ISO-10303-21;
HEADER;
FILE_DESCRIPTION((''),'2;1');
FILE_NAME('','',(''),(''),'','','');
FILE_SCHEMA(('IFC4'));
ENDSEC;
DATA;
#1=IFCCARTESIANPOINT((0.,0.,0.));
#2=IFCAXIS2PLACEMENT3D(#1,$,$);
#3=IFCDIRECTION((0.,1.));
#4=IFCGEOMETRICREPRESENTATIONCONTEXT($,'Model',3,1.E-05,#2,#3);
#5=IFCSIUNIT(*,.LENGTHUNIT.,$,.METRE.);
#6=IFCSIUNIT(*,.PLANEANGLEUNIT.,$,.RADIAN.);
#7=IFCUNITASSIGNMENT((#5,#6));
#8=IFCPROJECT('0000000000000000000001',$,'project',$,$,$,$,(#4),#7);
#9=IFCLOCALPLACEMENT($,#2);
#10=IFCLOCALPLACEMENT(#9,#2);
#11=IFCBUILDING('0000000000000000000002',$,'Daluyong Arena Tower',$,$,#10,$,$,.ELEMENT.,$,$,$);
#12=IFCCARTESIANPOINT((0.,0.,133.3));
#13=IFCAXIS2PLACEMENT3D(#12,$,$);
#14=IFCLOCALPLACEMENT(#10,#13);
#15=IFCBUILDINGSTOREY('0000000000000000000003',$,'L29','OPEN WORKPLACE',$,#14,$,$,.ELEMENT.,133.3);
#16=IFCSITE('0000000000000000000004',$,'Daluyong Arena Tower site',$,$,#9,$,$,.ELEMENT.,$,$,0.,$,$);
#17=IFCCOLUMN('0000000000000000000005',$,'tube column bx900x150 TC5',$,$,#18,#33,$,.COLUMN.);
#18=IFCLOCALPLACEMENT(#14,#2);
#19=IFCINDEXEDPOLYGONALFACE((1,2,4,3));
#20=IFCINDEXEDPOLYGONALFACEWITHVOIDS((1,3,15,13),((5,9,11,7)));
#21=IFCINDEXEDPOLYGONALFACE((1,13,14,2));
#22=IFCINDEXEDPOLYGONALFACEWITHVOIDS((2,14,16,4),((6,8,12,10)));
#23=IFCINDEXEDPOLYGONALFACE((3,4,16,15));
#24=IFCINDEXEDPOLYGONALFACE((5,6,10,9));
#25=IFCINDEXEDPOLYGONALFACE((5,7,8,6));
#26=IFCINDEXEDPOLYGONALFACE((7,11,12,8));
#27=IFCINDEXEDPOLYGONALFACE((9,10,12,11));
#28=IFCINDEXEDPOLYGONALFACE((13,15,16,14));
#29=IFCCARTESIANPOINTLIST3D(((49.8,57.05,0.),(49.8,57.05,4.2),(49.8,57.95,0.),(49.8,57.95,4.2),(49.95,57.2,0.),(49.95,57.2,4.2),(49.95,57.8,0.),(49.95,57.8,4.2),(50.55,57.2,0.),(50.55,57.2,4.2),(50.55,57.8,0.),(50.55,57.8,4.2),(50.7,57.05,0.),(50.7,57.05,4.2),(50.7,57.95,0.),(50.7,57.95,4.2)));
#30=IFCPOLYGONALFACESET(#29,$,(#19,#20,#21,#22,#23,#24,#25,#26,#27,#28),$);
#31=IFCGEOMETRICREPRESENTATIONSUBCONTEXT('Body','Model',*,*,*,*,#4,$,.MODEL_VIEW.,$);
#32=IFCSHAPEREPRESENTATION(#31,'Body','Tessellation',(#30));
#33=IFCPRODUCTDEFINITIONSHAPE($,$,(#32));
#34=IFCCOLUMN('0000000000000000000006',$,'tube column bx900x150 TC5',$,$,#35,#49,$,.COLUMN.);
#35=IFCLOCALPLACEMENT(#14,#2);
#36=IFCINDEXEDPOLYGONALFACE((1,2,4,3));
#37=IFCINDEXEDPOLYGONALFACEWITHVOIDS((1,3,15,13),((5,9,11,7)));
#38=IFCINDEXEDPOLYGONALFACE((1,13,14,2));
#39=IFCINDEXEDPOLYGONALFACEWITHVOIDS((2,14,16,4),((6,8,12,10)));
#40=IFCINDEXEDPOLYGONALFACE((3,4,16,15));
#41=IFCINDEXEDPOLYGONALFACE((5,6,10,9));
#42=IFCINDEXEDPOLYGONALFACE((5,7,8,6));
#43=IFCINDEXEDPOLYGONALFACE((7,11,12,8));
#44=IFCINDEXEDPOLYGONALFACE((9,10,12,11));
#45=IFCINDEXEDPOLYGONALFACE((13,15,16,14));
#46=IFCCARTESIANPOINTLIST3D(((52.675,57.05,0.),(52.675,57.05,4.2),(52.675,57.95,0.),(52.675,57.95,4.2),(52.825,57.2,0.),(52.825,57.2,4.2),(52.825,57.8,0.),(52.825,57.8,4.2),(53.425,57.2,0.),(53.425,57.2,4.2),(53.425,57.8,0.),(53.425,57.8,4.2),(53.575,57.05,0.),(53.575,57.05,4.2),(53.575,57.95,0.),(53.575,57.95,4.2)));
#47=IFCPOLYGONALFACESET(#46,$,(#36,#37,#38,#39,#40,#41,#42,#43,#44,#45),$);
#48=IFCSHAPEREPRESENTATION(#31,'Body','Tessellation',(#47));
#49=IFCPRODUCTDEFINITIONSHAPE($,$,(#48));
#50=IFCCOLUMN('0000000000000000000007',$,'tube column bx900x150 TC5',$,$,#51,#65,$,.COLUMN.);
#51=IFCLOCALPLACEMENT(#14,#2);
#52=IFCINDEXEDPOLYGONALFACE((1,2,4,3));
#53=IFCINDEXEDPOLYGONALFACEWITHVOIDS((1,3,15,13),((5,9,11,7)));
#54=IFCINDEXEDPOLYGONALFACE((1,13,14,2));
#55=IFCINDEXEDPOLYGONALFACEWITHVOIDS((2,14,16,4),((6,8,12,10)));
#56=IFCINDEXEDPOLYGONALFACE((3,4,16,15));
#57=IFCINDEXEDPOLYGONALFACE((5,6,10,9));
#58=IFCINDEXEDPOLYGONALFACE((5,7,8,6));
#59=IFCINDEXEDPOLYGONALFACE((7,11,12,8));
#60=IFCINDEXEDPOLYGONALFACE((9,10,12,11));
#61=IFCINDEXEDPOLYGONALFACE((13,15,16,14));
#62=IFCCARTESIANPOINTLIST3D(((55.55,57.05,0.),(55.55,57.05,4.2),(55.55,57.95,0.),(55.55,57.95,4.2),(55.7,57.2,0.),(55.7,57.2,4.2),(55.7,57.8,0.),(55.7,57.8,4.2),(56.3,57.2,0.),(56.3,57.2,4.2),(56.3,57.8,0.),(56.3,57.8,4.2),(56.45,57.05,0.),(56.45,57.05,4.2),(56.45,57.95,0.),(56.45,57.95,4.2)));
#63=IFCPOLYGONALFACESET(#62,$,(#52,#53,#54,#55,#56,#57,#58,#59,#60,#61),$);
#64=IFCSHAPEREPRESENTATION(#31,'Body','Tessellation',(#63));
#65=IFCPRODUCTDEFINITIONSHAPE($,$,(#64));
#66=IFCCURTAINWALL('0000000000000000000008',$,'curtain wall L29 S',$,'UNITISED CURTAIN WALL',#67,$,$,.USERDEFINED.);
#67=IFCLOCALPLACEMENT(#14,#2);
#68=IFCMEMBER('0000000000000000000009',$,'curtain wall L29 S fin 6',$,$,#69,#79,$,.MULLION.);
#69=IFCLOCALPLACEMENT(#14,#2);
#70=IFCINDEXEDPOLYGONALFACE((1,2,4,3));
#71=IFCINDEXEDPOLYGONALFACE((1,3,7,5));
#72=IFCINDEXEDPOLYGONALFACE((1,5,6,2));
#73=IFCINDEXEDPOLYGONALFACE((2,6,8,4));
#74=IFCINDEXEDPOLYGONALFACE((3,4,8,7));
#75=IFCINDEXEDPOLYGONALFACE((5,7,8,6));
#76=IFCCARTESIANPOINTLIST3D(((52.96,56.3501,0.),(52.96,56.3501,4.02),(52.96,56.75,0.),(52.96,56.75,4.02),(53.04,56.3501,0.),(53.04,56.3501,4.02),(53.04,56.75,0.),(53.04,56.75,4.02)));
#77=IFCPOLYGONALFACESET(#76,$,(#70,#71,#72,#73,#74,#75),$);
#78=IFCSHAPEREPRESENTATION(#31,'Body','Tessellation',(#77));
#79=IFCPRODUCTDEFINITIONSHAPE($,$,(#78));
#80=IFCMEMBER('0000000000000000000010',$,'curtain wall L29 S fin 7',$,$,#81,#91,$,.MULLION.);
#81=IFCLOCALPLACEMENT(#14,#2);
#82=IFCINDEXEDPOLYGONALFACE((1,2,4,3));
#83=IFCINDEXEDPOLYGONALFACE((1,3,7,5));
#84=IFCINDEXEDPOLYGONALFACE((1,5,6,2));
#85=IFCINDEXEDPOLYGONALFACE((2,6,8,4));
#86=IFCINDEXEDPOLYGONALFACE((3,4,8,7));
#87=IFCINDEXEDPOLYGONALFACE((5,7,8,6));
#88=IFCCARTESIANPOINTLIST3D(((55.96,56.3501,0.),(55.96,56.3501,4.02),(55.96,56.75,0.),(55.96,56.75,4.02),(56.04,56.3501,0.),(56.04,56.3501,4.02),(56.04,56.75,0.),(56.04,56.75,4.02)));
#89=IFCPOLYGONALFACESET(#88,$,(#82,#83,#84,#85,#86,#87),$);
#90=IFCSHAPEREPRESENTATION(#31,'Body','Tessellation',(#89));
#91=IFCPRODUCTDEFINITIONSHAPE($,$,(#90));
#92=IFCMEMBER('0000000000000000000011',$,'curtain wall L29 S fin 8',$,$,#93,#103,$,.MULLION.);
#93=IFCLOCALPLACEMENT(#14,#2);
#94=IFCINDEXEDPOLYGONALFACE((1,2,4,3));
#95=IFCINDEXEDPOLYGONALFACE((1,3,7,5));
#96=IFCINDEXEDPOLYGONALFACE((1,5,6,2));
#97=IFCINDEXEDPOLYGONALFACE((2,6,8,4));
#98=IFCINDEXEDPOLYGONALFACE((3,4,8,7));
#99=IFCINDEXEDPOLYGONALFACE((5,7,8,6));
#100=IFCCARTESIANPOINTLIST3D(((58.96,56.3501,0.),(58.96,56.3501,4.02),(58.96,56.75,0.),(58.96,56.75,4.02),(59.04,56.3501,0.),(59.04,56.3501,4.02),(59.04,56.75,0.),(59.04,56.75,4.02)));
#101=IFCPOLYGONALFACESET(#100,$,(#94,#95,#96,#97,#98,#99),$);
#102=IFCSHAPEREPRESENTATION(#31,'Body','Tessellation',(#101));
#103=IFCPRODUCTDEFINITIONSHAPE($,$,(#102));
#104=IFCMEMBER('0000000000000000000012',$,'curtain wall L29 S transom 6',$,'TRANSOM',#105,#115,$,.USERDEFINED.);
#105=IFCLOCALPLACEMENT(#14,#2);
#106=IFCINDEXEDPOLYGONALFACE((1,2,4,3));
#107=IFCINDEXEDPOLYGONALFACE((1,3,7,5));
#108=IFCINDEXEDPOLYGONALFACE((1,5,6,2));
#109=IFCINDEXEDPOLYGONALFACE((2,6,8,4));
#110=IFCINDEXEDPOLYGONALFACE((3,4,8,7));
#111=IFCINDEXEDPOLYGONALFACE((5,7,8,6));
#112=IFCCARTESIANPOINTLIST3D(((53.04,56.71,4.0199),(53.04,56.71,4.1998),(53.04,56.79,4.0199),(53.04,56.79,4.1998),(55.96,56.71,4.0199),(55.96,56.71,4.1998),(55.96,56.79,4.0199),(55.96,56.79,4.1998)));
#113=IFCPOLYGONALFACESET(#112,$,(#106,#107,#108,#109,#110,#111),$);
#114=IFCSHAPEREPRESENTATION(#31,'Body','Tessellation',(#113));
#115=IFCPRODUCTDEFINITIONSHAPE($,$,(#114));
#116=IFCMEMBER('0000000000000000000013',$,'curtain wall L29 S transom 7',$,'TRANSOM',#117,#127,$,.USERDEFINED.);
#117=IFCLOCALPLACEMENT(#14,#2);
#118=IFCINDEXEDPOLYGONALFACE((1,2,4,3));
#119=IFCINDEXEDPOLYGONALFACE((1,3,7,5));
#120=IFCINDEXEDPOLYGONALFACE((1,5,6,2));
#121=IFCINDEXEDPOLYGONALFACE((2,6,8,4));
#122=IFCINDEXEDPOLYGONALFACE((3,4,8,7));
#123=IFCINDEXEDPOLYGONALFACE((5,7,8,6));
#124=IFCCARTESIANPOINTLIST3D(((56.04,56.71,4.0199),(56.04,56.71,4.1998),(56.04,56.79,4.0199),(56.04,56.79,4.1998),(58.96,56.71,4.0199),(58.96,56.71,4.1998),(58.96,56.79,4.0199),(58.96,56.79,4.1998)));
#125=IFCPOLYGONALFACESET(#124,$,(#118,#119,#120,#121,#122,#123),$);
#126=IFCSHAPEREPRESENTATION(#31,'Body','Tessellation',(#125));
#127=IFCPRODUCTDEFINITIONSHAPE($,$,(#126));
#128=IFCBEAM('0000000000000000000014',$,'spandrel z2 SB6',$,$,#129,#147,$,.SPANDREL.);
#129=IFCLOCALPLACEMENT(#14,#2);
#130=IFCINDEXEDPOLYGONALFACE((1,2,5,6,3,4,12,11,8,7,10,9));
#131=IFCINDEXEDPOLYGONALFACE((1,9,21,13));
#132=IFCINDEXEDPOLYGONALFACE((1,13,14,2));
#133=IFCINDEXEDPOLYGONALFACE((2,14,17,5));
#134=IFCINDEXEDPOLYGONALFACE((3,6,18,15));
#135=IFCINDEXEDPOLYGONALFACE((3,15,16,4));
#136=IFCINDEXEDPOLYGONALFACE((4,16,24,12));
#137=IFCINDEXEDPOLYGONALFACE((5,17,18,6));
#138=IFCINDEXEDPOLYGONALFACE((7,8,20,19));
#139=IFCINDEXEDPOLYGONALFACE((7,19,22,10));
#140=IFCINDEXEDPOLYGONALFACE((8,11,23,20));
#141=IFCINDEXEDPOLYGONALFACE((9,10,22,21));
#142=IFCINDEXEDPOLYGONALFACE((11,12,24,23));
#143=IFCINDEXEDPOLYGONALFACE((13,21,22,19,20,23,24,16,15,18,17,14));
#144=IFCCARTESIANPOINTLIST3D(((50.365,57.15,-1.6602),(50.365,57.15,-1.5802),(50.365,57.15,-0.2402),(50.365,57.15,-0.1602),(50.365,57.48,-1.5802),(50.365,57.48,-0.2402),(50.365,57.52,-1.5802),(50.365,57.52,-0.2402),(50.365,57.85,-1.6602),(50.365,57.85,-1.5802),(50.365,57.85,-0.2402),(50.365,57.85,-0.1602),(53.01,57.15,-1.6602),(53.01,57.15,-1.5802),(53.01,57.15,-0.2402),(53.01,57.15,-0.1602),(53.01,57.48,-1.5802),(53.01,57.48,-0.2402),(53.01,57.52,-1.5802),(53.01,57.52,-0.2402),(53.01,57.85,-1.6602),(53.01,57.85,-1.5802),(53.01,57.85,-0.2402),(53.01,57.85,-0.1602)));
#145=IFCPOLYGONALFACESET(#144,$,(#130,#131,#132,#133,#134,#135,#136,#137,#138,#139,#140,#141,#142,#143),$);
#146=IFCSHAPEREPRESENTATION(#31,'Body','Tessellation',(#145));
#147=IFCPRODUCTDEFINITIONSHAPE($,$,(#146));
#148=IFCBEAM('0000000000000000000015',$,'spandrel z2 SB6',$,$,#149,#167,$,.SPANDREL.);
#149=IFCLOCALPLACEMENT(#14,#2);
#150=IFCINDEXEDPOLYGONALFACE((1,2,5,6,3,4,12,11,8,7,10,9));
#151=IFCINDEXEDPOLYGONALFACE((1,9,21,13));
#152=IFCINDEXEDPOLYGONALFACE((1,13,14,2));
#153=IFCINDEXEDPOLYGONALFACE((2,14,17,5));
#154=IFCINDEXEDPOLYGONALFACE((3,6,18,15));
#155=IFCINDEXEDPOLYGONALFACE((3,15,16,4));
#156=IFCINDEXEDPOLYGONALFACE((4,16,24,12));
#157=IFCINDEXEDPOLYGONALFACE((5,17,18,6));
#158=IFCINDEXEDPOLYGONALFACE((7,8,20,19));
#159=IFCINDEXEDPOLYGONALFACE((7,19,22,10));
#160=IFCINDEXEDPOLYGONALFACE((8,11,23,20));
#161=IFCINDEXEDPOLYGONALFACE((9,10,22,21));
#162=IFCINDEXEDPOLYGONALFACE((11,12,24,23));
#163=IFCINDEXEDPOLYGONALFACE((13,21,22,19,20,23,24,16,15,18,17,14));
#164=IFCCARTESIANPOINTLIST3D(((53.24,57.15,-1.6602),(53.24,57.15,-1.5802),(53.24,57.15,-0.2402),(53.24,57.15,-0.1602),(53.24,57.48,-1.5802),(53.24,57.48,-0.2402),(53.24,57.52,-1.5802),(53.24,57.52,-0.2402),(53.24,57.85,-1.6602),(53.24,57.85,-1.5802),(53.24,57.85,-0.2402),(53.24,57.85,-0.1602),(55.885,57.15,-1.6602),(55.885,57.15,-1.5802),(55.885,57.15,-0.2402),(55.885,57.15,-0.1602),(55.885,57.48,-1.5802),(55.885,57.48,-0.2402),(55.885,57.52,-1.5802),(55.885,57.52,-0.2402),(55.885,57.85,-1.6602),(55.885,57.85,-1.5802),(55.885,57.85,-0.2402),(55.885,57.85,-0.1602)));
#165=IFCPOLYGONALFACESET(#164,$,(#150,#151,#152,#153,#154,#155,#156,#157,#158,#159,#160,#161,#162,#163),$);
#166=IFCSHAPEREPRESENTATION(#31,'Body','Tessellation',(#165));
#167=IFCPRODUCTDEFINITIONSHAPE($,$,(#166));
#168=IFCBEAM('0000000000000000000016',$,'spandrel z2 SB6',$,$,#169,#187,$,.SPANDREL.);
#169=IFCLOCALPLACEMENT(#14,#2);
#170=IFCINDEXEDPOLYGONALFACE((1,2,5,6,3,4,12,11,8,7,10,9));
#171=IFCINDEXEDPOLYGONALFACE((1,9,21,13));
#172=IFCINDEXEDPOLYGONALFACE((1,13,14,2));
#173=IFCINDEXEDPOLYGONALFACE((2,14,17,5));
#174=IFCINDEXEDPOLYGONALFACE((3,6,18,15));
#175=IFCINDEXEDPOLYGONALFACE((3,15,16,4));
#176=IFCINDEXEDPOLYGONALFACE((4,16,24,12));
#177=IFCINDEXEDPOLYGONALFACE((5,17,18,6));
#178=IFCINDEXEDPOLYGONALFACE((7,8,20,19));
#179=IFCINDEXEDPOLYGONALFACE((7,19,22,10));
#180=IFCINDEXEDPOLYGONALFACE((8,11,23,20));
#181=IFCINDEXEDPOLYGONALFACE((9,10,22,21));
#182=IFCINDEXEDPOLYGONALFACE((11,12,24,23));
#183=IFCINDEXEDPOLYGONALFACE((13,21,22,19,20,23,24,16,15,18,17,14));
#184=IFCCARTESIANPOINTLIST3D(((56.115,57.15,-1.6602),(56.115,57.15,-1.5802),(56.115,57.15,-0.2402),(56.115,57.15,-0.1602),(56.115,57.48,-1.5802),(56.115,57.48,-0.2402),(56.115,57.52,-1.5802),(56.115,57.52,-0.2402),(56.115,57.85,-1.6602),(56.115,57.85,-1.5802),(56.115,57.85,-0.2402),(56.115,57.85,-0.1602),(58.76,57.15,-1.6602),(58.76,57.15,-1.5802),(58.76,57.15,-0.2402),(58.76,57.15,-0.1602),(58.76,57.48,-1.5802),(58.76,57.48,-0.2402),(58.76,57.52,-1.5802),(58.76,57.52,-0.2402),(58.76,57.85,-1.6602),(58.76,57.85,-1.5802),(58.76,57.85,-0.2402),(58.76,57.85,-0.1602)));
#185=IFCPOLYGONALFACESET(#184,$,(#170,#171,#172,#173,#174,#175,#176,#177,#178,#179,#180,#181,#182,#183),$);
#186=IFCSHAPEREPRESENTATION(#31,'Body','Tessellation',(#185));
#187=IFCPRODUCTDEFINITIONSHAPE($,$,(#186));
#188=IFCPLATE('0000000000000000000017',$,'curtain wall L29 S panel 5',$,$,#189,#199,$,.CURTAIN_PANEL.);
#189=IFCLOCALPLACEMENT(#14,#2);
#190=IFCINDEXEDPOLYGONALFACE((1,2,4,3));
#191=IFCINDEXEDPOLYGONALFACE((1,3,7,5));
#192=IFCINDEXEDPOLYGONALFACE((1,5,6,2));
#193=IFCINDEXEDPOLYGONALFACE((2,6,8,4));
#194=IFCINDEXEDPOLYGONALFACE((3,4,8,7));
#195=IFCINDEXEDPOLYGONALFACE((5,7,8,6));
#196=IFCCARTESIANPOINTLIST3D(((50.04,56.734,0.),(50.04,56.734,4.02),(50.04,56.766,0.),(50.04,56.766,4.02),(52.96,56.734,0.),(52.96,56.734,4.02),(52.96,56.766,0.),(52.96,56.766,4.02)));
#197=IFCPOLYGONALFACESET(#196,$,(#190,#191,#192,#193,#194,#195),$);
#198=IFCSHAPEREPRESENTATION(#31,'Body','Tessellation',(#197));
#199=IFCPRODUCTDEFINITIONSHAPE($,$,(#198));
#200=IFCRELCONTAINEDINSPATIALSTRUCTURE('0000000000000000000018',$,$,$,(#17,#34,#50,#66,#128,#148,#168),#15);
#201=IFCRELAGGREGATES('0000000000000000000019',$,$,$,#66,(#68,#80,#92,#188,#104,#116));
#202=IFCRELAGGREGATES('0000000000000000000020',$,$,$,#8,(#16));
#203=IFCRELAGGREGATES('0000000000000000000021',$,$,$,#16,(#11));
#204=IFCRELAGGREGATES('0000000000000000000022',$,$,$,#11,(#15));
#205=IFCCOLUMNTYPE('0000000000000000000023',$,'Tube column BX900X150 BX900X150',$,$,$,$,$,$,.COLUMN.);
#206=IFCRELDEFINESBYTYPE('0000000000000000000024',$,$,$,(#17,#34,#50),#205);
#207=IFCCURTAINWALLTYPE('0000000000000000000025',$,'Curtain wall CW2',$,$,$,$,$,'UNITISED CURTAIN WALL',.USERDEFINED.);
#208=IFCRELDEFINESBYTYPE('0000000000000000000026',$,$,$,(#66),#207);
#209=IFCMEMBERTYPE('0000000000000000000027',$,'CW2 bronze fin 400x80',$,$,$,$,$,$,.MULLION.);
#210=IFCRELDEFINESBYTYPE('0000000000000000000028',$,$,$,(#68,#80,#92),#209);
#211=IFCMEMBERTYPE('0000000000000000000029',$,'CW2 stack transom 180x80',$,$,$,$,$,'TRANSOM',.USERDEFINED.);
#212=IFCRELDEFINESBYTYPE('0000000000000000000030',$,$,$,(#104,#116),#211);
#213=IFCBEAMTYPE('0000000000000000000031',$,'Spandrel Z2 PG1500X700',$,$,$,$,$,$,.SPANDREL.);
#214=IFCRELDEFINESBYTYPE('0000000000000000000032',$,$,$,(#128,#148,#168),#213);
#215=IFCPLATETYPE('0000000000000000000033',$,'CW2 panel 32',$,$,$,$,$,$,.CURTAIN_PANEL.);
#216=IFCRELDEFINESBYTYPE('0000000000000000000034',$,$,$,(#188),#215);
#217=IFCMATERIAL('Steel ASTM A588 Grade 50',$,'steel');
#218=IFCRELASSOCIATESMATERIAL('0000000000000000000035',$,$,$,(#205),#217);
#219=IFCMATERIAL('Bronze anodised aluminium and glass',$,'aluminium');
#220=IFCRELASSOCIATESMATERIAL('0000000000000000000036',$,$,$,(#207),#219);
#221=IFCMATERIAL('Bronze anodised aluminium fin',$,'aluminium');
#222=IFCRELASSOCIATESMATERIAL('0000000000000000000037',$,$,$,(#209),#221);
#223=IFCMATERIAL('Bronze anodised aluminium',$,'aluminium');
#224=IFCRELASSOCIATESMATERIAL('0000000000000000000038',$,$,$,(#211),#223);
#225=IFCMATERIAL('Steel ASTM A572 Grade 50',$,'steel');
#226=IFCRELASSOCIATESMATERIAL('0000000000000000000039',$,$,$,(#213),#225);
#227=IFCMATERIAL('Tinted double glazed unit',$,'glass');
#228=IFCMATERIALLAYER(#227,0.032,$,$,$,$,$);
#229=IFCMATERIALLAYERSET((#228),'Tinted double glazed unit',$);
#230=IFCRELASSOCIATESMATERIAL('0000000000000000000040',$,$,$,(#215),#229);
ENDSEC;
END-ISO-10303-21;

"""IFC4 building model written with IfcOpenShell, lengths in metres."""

from ifc_helpers import new_model, si_unit, direction, frame, origin, origin_2d, place, context, subcontext, project, spatial, rectangle, hollow_rectangle, i_section, extrude, material, layer, layer_set, material_profile, profile_set, type_object, element, aggregate, save


model = new_model("IFC4")

# Units and contexts
model_context = context("Model", 3, precision=1e-05, world=origin(), true_north=direction((0.0, 1.0)))
body_context = subcontext(model_context, "Body", "Model", "MODEL_VIEW")
ifc_project = project(units=[si_unit("LENGTHUNIT", "METRE"), si_unit("PLANEANGLEUNIT", "RADIAN")], contexts=[model_context])

# Site, building, storey
site_placement = place(None, origin())
site = spatial("IfcSite", under=ifc_project, at=site_placement, Name="Daluyong Arena Tower site", CompositionType="ELEMENT", RefElevation=0.0)
building_placement = place(site_placement, origin())
building = spatial("IfcBuilding", under=site, at=building_placement, Name="Daluyong Arena Tower", CompositionType="ELEMENT")
storey_placement = place(building_placement, frame((0.0, 0.0, 133.3)))
storey = spatial("IfcBuildingStorey", under=building, at=storey_placement, Name="L29", Description="OPEN WORKPLACE", CompositionType="ELEMENT", Elevation=133.3)

# Columns
ifc_material_1 = material(Name="Steel ASTM A588 Grade 50", Category="steel")
ifc_material_profile_1 = material_profile(ifc_material_1, hollow_rectangle(XDim=0.8999, YDim=0.8999, WallThickness=0.15, at=origin_2d()))
ifc_profile_set_1 = profile_set([ifc_material_profile_1], Name="Steel ASTM A588 Grade 50")
column_type = type_object("IfcColumnType", Name="Tube column BX900X150 BX900X150", PredefinedType="COLUMN", material=ifc_profile_set_1)
for number, where, z_axis, x_axis, name in (
    (1, (50.25, 57.5, 0.0), (0.0, 0.0, 1.0), (1.0, 0.0, 0.0), "tube column bx900x150 TC5"),
    (2, (53.125, 57.5, 0.0), (0.0, 0.0, 1.0), (1.0, 0.0, 0.0), "tube column bx900x150 TC5"),
    (3, (56.0, 57.5, 0.0), (0.0, 0.0, 1.0), (1.0, 0.0, 0.0), "tube column bx900x150 TC5"),
):
    element("IfcColumn", number, at=place(storey_placement, frame(where, z_axis=z_axis, x_axis=x_axis)), inside=storey, type_object=column_type, Name=name, PredefinedType="COLUMN", context=body_context, shape_type="SweptSolid", body=[
        extrude(hollow_rectangle(XDim=0.8999, YDim=0.8999, WallThickness=0.15, at=origin_2d()), origin(), (0.0, 0.0, 1.0), 4.2),
    ])

# Curtain wall, members
ifc_material_2 = material(Name="Bronze anodised aluminium and glass", Category="aluminium")
curtain_wall_type = type_object("IfcCurtainWallType", Name="Curtain wall CW2", ElementType="UNITISED CURTAIN WALL", PredefinedType="USERDEFINED", material=ifc_material_2)
curtain_wall_placement = place(storey_placement, origin())
curtain_wall = element("IfcCurtainWall", 4, at=curtain_wall_placement, inside=storey, type_object=curtain_wall_type, Name="curtain wall L29 S", ObjectType="UNITISED CURTAIN WALL", PredefinedType="USERDEFINED")
ifc_material_3 = material(Name="Bronze anodised aluminium fin", Category="aluminium")
ifc_material_profile_2 = material_profile(ifc_material_3, rectangle(XDim=0.3999, YDim=0.0801, at=origin_2d()))
ifc_profile_set_2 = profile_set([ifc_material_profile_2], Name="Bronze anodised aluminium fin")
member_type_1 = type_object("IfcMemberType", Name="CW2 bronze fin 400x80", PredefinedType="MULLION", material=ifc_profile_set_2)
member_1_placement = place(storey_placement, frame((53.0, 56.55, 0.0), z_axis=(0.0, 0.0, 1.0), x_axis=(0.0, 1.0, 0.0)))
member_1 = element("IfcMember", 5, at=member_1_placement, type_object=member_type_1, Name="curtain wall L29 S fin 6", PredefinedType="MULLION", context=body_context, shape_type="SweptSolid", body=[
    extrude(rectangle(XDim=0.3999, YDim=0.0801, at=origin_2d()), origin(), (0.0, 0.0, 1.0), 4.02),
])
member_2_placement = place(storey_placement, frame((56.0, 56.55, 0.0), z_axis=(0.0, 0.0, 1.0), x_axis=(0.0, 1.0, 0.0)))
member_2 = element("IfcMember", 6, at=member_2_placement, type_object=member_type_1, Name="curtain wall L29 S fin 7", PredefinedType="MULLION", context=body_context, shape_type="SweptSolid", body=[
    extrude(rectangle(XDim=0.3999, YDim=0.0801, at=origin_2d()), origin(), (0.0, 0.0, 1.0), 4.02),
])
member_3_placement = place(storey_placement, frame((59.0, 56.55, 0.0), z_axis=(0.0, 0.0, 1.0), x_axis=(0.0, 1.0, 0.0)))
member_3 = element("IfcMember", 7, at=member_3_placement, type_object=member_type_1, Name="curtain wall L29 S fin 8", PredefinedType="MULLION", context=body_context, shape_type="SweptSolid", body=[
    extrude(rectangle(XDim=0.3999, YDim=0.0801, at=origin_2d()), origin(), (0.0, 0.0, 1.0), 4.02),
])
ifc_material_4 = material(Name="Bronze anodised aluminium", Category="aluminium")
ifc_material_profile_3 = material_profile(ifc_material_4, rectangle(XDim=0.0801, YDim=0.1799, at=origin_2d()))
ifc_profile_set_3 = profile_set([ifc_material_profile_3], Name="Bronze anodised aluminium")
member_type_2 = type_object("IfcMemberType", Name="CW2 stack transom 180x80", ElementType="TRANSOM", PredefinedType="USERDEFINED", material=ifc_profile_set_3)
member_4_placement = place(storey_placement, frame((53.04, 56.75, 4.1099), z_axis=(1.0, 0.0, 0.0), x_axis=(0.0, 1.0, 0.0)))
member_4 = element("IfcMember", 8, at=member_4_placement, type_object=member_type_2, Name="curtain wall L29 S transom 6", ObjectType="TRANSOM", PredefinedType="USERDEFINED", context=body_context, shape_type="SweptSolid", body=[
    extrude(rectangle(XDim=0.0801, YDim=0.1799, at=origin_2d()), origin(), (0.0, 0.0, 1.0), 2.9199),
])
member_5_placement = place(storey_placement, frame((56.04, 56.75, 4.1099), z_axis=(1.0, 0.0, 0.0), x_axis=(0.0, 1.0, 0.0)))
member_5 = element("IfcMember", 9, at=member_5_placement, type_object=member_type_2, Name="curtain wall L29 S transom 7", ObjectType="TRANSOM", PredefinedType="USERDEFINED", context=body_context, shape_type="SweptSolid", body=[
    extrude(rectangle(XDim=0.0801, YDim=0.1799, at=origin_2d()), origin(), (0.0, 0.0, 1.0), 2.9199),
])

# Beams
ifc_material_5 = material(Name="Steel ASTM A572 Grade 50", Category="steel")
ifc_material_profile_4 = material_profile(ifc_material_5, i_section(OverallWidth=0.7, OverallDepth=1.5, WebThickness=0.04, FlangeThickness=0.08, at=origin_2d()))
ifc_profile_set_4 = profile_set([ifc_material_profile_4], Name="Steel ASTM A572 Grade 50")
beam_type = type_object("IfcBeamType", Name="Spandrel Z2 PG1500X700", PredefinedType="SPANDREL", material=ifc_profile_set_4)
for number, where, z_axis, x_axis, name in (
    (10, (50.365, 57.5, -0.9102), (1.0, 0.0, 0.0), (0.0, 1.0, 0.0), "spandrel z2 SB6"),
    (11, (53.24, 57.5, -0.9102), (1.0, 0.0, 0.0), (0.0, 1.0, 0.0), "spandrel z2 SB6"),
    (12, (56.115, 57.5, -0.9102), (1.0, 0.0, 0.0), (0.0, 1.0, 0.0), "spandrel z2 SB6"),
):
    element("IfcBeam", number, at=place(storey_placement, frame(where, z_axis=z_axis, x_axis=x_axis)), inside=storey, type_object=beam_type, Name=name, PredefinedType="SPANDREL", context=body_context, shape_type="SweptSolid", body=[
        extrude(i_section(OverallWidth=0.7, OverallDepth=1.5, WebThickness=0.04, FlangeThickness=0.08, at=origin_2d()), origin(), (0.0, 0.0, 1.0), 2.645),
    ])

# Plate
ifc_material_6 = material(Name="Tinted double glazed unit", Category="glass")
ifc_layer = layer(ifc_material_6, 0.032)
ifc_layer_set = layer_set([ifc_layer], Name="Tinted double glazed unit")
plate_type = type_object("IfcPlateType", Name="CW2 panel 32", PredefinedType="CURTAIN_PANEL", material=ifc_layer_set)
plate_1_placement = place(storey_placement, frame((51.5, 56.75, 0.0), z_axis=(0.0, 0.0, 1.0), x_axis=(1.0, 0.0, 0.0)))
plate_1 = element("IfcPlate", 13, at=plate_1_placement, type_object=plate_type, Name="curtain wall L29 S panel 5", PredefinedType="CURTAIN_PANEL", context=body_context, shape_type="SweptSolid", body=[
    extrude(rectangle(XDim=2.9199, YDim=0.032, at=origin_2d()), origin(), (0.0, 0.0, 1.0), 4.02),
])
aggregate(curtain_wall, [member_1, member_2, member_3, plate_1, member_4, member_5])

save(model, "model.ifc")
